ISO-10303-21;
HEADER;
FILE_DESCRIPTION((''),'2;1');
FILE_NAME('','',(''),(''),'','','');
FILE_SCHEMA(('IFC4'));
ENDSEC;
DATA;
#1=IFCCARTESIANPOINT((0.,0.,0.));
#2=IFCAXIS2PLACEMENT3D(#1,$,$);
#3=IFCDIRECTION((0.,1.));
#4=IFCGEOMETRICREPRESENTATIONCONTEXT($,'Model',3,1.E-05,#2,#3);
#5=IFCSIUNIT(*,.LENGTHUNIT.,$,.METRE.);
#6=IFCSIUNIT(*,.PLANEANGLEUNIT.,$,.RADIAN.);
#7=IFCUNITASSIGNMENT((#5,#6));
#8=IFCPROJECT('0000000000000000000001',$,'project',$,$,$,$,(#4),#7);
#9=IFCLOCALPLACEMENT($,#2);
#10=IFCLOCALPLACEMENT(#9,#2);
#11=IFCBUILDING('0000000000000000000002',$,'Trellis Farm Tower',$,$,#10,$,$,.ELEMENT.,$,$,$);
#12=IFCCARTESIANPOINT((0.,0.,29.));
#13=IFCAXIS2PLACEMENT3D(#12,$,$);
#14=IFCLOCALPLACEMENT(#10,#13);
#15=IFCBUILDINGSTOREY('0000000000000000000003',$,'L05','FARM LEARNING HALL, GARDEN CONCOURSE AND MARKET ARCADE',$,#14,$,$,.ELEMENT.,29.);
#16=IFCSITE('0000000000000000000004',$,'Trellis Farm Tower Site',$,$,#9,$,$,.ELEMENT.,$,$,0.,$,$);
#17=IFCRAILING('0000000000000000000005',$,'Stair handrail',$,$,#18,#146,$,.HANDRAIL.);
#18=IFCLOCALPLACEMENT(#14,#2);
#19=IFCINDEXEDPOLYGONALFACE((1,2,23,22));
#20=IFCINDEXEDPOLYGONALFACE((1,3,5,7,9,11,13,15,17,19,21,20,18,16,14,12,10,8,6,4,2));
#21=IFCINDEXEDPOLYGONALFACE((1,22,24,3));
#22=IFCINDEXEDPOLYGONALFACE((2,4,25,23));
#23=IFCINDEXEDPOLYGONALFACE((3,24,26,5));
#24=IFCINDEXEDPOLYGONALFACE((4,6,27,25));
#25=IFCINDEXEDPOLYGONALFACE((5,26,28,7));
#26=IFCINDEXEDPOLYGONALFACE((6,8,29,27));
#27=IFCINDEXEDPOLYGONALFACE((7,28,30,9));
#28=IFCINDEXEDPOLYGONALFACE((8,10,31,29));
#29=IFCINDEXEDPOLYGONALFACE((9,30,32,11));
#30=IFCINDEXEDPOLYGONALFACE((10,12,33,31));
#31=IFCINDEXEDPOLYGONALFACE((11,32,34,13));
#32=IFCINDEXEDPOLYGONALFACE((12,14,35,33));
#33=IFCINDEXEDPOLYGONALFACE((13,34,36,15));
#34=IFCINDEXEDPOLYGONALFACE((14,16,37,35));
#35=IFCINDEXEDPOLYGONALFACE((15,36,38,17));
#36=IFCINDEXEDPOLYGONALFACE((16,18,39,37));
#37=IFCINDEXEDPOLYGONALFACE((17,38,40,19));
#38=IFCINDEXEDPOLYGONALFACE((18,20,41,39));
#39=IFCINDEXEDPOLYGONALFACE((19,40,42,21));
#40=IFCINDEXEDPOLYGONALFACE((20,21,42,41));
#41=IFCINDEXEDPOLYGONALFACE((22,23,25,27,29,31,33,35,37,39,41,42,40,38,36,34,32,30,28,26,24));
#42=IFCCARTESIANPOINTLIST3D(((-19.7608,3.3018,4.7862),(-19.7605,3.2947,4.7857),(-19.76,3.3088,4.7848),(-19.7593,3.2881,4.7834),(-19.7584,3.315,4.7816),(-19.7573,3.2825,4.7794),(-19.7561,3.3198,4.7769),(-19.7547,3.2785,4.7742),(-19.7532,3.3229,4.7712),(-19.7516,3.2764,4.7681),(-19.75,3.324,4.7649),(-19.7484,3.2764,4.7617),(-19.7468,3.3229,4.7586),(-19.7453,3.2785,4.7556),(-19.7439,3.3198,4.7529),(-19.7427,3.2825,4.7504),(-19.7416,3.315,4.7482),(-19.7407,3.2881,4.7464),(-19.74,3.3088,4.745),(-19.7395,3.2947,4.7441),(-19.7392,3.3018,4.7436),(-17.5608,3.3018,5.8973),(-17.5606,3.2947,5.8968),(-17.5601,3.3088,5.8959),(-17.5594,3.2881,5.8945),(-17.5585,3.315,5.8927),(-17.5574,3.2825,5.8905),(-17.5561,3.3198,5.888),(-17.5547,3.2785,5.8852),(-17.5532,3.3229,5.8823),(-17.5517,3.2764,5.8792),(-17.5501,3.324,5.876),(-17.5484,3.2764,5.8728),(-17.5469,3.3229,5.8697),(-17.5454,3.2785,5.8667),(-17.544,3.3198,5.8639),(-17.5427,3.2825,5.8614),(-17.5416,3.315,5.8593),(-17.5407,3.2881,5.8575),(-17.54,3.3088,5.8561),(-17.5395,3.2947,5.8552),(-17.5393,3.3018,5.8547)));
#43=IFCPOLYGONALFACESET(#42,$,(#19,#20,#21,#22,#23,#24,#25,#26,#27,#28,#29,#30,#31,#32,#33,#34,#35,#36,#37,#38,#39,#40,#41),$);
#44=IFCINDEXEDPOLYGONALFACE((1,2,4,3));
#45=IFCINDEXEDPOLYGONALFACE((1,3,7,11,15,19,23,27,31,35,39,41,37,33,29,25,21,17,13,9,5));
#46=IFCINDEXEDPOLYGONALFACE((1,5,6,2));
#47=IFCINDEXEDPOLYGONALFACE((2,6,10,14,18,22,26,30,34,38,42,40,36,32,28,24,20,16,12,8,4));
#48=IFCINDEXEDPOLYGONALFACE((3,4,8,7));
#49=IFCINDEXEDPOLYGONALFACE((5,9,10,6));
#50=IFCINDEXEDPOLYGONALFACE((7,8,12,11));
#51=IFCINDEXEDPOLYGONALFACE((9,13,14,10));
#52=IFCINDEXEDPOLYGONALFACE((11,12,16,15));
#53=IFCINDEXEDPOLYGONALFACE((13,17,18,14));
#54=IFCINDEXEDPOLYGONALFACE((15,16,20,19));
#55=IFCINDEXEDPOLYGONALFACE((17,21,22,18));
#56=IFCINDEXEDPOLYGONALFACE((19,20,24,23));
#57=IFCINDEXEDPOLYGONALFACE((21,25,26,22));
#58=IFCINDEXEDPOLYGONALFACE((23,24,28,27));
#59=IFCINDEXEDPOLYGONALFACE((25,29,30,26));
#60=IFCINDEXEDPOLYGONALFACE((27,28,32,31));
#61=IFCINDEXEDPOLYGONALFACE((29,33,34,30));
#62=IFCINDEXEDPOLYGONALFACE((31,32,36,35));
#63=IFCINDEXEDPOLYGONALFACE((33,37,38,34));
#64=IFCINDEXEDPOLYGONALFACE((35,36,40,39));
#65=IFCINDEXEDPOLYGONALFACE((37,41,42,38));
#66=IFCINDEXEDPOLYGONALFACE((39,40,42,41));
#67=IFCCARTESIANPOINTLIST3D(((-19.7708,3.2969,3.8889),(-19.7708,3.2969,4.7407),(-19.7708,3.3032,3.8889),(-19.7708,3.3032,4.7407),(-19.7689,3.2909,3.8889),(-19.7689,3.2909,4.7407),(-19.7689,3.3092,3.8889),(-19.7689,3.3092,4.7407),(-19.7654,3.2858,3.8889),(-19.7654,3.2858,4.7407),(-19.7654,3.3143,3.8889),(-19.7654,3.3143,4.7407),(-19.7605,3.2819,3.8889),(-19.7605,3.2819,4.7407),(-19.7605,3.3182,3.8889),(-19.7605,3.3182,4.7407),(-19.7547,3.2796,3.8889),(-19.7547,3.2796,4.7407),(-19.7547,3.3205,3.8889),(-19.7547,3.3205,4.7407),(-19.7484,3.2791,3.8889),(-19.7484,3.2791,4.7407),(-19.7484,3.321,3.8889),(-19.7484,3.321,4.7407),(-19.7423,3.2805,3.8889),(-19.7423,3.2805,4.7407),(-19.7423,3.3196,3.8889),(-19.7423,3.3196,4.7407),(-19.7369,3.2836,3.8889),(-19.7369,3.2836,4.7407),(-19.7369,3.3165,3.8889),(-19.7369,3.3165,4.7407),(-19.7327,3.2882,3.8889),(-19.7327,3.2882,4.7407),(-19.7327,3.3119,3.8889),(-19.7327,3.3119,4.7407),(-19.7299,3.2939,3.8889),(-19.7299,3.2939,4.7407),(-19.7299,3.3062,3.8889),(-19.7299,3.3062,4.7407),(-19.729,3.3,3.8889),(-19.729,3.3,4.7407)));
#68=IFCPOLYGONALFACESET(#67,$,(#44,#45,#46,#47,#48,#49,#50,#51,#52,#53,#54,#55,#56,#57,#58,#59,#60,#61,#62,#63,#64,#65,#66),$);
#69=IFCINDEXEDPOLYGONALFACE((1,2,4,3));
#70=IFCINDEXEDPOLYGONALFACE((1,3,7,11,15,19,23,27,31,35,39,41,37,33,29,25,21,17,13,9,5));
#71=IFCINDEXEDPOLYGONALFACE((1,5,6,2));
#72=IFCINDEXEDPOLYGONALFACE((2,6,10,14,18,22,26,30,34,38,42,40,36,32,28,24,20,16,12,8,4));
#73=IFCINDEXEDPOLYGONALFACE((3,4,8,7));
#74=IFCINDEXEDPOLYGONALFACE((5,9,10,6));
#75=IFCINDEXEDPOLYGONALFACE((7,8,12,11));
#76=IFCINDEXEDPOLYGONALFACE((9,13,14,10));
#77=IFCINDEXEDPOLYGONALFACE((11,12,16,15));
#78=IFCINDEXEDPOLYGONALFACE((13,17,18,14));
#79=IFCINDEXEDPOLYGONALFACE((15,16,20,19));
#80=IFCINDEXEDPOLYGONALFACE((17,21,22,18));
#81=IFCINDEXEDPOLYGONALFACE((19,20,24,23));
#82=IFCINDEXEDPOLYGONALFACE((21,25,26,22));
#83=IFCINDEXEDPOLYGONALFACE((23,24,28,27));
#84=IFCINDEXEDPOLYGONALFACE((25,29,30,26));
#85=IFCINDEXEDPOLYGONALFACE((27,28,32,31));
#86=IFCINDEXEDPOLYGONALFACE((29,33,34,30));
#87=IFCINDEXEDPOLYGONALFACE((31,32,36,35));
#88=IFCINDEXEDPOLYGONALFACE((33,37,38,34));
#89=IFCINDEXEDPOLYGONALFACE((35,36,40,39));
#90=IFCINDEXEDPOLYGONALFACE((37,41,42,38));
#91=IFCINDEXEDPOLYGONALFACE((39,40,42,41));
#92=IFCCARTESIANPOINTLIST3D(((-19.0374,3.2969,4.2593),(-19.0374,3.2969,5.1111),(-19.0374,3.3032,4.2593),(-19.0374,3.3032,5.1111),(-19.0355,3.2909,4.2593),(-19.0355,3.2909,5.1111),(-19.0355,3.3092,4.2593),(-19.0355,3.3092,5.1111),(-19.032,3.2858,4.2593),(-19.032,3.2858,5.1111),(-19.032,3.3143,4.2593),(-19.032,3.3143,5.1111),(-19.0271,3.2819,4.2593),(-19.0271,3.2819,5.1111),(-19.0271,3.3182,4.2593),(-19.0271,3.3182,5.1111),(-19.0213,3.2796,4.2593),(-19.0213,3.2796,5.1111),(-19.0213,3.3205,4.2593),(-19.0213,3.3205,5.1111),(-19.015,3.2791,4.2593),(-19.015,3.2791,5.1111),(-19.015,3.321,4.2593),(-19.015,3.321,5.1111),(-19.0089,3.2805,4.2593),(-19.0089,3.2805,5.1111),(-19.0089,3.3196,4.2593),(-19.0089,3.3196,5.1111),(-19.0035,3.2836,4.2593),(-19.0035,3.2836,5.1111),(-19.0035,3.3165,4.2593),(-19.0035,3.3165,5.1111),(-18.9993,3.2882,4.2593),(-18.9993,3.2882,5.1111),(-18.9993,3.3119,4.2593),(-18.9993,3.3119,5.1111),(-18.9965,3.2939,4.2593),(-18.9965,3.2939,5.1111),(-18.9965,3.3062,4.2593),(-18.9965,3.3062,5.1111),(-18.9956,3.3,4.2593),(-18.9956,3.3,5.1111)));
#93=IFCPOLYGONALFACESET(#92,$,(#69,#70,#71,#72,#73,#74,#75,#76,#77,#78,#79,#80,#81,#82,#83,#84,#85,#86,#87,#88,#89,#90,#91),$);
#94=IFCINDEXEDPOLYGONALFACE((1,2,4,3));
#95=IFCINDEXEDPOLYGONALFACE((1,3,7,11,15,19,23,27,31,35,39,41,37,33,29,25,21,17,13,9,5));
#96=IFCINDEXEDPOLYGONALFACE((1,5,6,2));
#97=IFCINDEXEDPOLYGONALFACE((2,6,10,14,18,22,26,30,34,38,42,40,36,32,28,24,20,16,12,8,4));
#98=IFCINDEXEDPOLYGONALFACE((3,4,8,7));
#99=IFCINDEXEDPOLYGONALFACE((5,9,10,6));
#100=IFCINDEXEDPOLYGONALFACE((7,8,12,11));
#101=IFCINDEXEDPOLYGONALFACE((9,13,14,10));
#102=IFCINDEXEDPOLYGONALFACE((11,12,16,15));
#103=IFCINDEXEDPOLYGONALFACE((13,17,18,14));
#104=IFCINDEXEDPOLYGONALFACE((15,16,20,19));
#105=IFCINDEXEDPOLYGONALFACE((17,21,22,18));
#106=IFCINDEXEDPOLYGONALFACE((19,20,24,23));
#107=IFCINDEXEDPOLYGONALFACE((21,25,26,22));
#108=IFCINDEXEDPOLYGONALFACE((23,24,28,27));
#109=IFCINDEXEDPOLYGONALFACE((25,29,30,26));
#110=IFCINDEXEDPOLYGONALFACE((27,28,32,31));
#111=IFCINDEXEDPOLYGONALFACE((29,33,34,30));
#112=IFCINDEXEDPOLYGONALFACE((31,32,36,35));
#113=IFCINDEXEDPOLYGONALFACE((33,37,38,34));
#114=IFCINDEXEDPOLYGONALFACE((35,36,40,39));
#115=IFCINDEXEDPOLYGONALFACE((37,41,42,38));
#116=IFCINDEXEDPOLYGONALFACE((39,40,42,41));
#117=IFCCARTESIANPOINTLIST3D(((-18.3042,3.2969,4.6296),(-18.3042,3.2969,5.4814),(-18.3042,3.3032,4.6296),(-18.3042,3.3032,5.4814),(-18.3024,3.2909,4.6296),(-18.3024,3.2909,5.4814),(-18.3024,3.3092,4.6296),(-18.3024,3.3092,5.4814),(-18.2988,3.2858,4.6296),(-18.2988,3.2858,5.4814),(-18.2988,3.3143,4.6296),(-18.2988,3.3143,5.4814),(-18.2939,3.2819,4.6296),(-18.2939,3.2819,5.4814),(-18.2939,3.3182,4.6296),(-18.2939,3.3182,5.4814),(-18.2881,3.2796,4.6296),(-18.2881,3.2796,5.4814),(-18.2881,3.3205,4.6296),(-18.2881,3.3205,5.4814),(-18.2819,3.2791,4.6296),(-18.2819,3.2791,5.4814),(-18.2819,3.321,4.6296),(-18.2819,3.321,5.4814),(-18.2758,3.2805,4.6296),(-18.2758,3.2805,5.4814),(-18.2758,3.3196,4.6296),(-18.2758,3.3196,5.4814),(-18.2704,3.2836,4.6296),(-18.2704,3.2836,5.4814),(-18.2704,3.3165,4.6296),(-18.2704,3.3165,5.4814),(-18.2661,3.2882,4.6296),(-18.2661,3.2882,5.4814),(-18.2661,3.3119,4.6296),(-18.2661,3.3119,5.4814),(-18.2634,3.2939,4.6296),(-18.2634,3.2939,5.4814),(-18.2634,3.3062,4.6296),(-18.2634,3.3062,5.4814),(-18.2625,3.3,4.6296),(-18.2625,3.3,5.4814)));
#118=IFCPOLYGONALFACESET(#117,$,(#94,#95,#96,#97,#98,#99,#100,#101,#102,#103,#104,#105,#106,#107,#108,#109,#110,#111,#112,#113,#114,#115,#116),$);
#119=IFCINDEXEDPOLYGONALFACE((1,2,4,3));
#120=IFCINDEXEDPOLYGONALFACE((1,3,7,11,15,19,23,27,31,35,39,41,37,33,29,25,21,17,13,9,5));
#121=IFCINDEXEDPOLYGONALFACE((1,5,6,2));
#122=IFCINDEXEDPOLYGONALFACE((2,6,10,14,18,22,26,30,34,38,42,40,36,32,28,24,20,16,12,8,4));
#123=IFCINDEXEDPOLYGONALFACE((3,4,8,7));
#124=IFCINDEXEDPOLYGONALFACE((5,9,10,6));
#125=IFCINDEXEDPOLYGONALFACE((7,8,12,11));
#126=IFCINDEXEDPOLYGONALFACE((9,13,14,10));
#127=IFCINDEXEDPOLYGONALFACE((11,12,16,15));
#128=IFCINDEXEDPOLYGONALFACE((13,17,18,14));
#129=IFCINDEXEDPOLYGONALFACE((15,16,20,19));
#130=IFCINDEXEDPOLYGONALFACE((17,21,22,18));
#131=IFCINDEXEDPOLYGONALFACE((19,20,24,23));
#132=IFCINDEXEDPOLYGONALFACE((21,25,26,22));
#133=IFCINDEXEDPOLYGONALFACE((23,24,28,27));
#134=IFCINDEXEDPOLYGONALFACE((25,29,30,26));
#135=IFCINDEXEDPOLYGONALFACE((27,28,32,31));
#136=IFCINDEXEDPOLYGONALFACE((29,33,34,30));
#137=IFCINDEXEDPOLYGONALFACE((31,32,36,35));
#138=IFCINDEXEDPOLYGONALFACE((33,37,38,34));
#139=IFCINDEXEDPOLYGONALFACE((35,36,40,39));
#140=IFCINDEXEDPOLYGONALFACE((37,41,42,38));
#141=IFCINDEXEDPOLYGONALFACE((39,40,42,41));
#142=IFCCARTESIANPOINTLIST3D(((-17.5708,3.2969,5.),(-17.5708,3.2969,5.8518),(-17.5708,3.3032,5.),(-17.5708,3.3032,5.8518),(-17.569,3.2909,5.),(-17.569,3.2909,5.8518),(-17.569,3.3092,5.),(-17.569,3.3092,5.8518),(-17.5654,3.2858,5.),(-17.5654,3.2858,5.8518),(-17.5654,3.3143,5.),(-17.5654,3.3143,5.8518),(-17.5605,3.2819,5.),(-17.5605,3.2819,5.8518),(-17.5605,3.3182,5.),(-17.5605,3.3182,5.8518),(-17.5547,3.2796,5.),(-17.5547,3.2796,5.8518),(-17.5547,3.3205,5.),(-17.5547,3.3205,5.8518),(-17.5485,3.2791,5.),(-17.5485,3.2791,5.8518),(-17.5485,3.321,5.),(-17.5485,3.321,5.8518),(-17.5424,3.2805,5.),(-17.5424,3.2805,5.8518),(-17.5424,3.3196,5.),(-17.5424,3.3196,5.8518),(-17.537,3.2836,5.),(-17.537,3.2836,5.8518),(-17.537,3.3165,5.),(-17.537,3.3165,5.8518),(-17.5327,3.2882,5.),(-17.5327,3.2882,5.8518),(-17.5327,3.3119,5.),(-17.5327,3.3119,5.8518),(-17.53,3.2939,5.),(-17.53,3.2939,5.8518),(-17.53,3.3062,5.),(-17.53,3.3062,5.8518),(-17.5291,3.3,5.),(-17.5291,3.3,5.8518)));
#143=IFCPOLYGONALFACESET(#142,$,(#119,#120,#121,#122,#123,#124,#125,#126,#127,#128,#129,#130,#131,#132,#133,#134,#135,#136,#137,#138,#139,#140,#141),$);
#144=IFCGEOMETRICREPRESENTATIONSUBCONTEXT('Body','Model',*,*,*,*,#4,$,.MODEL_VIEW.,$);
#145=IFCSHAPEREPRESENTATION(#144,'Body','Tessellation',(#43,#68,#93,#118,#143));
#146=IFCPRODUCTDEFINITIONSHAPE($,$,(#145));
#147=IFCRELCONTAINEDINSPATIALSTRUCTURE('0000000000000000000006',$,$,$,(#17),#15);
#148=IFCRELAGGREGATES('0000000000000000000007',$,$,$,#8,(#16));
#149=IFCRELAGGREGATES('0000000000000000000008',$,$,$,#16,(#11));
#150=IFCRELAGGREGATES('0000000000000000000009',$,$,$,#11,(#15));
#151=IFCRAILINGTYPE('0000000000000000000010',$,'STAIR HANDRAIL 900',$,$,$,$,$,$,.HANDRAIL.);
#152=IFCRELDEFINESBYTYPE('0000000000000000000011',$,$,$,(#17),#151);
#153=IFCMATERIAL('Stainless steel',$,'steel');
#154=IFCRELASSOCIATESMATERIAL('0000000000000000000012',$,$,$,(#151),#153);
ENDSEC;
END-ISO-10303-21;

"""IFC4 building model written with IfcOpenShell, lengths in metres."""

from ifc_helpers import new_model, si_unit, direction, frame, origin, origin_2d, place, context, subcontext, project, spatial, circle, extrude, source, transform, mapped, material, type_object, element, save


model = new_model("IFC4")

# Units and contexts
model_context = context("Model", 3, precision=1e-05, world=origin(), true_north=direction((0.0, 1.0)))
body_context = subcontext(model_context, "Body", "Model", "MODEL_VIEW")
ifc_project = project(units=[si_unit("LENGTHUNIT", "METRE"), si_unit("PLANEANGLEUNIT", "RADIAN")], contexts=[model_context])

# Site, building, storey
site_placement = place(None, origin())
site = spatial("IfcSite", under=ifc_project, at=site_placement, Name="Trellis Farm Tower Site", CompositionType="ELEMENT", RefElevation=0.0)
building_placement = place(site_placement, origin())
building = spatial("IfcBuilding", under=site, at=building_placement, Name="Trellis Farm Tower", CompositionType="ELEMENT")
storey_placement = place(building_placement, frame((0.0, 0.0, 29.0)))
storey = spatial("IfcBuildingStorey", under=building, at=storey_placement, Name="L05", Description="FARM LEARNING HALL, GARDEN CONCOURSE AND MARKET ARCADE", CompositionType="ELEMENT", Elevation=29.0)

# Railing
ifc_material_1 = material(Name="Stainless steel", Category="steel")
railing_type = type_object("IfcRailingType", Name="STAIR HANDRAIL 900", PredefinedType="HANDRAIL", material=ifc_material_1)
shared_shape_1 = source(origin(), body_context, "Body", "SweptSolid", [
    extrude(circle(Radius=0.0239, at=origin_2d()), frame((0.0, 0.0, 0.876), z_axis=(0.892617, 0.0, 0.450816), x_axis=(0.0, 1.0, 0.0)), (0.0, 0.0, 1.0), 2.4646),
    extrude(circle(Radius=0.021, at=origin_2d()), origin(), (0.0, 0.0, 1.0), 0.8518),
    extrude(circle(Radius=0.021, at=origin_2d()), frame((0.7334, 0.0, 0.3704)), (0.0, 0.0, 1.0), 0.8518),
    extrude(circle(Radius=0.021, at=origin_2d()), frame((1.4666, 0.0, 0.7407)), (0.0, 0.0, 1.0), 0.8518),
    extrude(circle(Radius=0.021, at=origin_2d()), frame((2.2, 0.0, 1.1111)), (0.0, 0.0, 1.0), 0.8518),
])
for number, where, name in (
    (1, (-19.75, 3.3, 3.8889), "Stair handrail"),
):
    element("IfcRailing", number, at=place(storey_placement, frame(where)), inside=storey, type_object=railing_type, Name=name, PredefinedType="HANDRAIL", context=body_context, shape_type="MappedRepresentation", body=[
        mapped(shared_shape_1, transform((0.0, 0.0, 0.0))),
    ])

save(model, "model.ifc")
